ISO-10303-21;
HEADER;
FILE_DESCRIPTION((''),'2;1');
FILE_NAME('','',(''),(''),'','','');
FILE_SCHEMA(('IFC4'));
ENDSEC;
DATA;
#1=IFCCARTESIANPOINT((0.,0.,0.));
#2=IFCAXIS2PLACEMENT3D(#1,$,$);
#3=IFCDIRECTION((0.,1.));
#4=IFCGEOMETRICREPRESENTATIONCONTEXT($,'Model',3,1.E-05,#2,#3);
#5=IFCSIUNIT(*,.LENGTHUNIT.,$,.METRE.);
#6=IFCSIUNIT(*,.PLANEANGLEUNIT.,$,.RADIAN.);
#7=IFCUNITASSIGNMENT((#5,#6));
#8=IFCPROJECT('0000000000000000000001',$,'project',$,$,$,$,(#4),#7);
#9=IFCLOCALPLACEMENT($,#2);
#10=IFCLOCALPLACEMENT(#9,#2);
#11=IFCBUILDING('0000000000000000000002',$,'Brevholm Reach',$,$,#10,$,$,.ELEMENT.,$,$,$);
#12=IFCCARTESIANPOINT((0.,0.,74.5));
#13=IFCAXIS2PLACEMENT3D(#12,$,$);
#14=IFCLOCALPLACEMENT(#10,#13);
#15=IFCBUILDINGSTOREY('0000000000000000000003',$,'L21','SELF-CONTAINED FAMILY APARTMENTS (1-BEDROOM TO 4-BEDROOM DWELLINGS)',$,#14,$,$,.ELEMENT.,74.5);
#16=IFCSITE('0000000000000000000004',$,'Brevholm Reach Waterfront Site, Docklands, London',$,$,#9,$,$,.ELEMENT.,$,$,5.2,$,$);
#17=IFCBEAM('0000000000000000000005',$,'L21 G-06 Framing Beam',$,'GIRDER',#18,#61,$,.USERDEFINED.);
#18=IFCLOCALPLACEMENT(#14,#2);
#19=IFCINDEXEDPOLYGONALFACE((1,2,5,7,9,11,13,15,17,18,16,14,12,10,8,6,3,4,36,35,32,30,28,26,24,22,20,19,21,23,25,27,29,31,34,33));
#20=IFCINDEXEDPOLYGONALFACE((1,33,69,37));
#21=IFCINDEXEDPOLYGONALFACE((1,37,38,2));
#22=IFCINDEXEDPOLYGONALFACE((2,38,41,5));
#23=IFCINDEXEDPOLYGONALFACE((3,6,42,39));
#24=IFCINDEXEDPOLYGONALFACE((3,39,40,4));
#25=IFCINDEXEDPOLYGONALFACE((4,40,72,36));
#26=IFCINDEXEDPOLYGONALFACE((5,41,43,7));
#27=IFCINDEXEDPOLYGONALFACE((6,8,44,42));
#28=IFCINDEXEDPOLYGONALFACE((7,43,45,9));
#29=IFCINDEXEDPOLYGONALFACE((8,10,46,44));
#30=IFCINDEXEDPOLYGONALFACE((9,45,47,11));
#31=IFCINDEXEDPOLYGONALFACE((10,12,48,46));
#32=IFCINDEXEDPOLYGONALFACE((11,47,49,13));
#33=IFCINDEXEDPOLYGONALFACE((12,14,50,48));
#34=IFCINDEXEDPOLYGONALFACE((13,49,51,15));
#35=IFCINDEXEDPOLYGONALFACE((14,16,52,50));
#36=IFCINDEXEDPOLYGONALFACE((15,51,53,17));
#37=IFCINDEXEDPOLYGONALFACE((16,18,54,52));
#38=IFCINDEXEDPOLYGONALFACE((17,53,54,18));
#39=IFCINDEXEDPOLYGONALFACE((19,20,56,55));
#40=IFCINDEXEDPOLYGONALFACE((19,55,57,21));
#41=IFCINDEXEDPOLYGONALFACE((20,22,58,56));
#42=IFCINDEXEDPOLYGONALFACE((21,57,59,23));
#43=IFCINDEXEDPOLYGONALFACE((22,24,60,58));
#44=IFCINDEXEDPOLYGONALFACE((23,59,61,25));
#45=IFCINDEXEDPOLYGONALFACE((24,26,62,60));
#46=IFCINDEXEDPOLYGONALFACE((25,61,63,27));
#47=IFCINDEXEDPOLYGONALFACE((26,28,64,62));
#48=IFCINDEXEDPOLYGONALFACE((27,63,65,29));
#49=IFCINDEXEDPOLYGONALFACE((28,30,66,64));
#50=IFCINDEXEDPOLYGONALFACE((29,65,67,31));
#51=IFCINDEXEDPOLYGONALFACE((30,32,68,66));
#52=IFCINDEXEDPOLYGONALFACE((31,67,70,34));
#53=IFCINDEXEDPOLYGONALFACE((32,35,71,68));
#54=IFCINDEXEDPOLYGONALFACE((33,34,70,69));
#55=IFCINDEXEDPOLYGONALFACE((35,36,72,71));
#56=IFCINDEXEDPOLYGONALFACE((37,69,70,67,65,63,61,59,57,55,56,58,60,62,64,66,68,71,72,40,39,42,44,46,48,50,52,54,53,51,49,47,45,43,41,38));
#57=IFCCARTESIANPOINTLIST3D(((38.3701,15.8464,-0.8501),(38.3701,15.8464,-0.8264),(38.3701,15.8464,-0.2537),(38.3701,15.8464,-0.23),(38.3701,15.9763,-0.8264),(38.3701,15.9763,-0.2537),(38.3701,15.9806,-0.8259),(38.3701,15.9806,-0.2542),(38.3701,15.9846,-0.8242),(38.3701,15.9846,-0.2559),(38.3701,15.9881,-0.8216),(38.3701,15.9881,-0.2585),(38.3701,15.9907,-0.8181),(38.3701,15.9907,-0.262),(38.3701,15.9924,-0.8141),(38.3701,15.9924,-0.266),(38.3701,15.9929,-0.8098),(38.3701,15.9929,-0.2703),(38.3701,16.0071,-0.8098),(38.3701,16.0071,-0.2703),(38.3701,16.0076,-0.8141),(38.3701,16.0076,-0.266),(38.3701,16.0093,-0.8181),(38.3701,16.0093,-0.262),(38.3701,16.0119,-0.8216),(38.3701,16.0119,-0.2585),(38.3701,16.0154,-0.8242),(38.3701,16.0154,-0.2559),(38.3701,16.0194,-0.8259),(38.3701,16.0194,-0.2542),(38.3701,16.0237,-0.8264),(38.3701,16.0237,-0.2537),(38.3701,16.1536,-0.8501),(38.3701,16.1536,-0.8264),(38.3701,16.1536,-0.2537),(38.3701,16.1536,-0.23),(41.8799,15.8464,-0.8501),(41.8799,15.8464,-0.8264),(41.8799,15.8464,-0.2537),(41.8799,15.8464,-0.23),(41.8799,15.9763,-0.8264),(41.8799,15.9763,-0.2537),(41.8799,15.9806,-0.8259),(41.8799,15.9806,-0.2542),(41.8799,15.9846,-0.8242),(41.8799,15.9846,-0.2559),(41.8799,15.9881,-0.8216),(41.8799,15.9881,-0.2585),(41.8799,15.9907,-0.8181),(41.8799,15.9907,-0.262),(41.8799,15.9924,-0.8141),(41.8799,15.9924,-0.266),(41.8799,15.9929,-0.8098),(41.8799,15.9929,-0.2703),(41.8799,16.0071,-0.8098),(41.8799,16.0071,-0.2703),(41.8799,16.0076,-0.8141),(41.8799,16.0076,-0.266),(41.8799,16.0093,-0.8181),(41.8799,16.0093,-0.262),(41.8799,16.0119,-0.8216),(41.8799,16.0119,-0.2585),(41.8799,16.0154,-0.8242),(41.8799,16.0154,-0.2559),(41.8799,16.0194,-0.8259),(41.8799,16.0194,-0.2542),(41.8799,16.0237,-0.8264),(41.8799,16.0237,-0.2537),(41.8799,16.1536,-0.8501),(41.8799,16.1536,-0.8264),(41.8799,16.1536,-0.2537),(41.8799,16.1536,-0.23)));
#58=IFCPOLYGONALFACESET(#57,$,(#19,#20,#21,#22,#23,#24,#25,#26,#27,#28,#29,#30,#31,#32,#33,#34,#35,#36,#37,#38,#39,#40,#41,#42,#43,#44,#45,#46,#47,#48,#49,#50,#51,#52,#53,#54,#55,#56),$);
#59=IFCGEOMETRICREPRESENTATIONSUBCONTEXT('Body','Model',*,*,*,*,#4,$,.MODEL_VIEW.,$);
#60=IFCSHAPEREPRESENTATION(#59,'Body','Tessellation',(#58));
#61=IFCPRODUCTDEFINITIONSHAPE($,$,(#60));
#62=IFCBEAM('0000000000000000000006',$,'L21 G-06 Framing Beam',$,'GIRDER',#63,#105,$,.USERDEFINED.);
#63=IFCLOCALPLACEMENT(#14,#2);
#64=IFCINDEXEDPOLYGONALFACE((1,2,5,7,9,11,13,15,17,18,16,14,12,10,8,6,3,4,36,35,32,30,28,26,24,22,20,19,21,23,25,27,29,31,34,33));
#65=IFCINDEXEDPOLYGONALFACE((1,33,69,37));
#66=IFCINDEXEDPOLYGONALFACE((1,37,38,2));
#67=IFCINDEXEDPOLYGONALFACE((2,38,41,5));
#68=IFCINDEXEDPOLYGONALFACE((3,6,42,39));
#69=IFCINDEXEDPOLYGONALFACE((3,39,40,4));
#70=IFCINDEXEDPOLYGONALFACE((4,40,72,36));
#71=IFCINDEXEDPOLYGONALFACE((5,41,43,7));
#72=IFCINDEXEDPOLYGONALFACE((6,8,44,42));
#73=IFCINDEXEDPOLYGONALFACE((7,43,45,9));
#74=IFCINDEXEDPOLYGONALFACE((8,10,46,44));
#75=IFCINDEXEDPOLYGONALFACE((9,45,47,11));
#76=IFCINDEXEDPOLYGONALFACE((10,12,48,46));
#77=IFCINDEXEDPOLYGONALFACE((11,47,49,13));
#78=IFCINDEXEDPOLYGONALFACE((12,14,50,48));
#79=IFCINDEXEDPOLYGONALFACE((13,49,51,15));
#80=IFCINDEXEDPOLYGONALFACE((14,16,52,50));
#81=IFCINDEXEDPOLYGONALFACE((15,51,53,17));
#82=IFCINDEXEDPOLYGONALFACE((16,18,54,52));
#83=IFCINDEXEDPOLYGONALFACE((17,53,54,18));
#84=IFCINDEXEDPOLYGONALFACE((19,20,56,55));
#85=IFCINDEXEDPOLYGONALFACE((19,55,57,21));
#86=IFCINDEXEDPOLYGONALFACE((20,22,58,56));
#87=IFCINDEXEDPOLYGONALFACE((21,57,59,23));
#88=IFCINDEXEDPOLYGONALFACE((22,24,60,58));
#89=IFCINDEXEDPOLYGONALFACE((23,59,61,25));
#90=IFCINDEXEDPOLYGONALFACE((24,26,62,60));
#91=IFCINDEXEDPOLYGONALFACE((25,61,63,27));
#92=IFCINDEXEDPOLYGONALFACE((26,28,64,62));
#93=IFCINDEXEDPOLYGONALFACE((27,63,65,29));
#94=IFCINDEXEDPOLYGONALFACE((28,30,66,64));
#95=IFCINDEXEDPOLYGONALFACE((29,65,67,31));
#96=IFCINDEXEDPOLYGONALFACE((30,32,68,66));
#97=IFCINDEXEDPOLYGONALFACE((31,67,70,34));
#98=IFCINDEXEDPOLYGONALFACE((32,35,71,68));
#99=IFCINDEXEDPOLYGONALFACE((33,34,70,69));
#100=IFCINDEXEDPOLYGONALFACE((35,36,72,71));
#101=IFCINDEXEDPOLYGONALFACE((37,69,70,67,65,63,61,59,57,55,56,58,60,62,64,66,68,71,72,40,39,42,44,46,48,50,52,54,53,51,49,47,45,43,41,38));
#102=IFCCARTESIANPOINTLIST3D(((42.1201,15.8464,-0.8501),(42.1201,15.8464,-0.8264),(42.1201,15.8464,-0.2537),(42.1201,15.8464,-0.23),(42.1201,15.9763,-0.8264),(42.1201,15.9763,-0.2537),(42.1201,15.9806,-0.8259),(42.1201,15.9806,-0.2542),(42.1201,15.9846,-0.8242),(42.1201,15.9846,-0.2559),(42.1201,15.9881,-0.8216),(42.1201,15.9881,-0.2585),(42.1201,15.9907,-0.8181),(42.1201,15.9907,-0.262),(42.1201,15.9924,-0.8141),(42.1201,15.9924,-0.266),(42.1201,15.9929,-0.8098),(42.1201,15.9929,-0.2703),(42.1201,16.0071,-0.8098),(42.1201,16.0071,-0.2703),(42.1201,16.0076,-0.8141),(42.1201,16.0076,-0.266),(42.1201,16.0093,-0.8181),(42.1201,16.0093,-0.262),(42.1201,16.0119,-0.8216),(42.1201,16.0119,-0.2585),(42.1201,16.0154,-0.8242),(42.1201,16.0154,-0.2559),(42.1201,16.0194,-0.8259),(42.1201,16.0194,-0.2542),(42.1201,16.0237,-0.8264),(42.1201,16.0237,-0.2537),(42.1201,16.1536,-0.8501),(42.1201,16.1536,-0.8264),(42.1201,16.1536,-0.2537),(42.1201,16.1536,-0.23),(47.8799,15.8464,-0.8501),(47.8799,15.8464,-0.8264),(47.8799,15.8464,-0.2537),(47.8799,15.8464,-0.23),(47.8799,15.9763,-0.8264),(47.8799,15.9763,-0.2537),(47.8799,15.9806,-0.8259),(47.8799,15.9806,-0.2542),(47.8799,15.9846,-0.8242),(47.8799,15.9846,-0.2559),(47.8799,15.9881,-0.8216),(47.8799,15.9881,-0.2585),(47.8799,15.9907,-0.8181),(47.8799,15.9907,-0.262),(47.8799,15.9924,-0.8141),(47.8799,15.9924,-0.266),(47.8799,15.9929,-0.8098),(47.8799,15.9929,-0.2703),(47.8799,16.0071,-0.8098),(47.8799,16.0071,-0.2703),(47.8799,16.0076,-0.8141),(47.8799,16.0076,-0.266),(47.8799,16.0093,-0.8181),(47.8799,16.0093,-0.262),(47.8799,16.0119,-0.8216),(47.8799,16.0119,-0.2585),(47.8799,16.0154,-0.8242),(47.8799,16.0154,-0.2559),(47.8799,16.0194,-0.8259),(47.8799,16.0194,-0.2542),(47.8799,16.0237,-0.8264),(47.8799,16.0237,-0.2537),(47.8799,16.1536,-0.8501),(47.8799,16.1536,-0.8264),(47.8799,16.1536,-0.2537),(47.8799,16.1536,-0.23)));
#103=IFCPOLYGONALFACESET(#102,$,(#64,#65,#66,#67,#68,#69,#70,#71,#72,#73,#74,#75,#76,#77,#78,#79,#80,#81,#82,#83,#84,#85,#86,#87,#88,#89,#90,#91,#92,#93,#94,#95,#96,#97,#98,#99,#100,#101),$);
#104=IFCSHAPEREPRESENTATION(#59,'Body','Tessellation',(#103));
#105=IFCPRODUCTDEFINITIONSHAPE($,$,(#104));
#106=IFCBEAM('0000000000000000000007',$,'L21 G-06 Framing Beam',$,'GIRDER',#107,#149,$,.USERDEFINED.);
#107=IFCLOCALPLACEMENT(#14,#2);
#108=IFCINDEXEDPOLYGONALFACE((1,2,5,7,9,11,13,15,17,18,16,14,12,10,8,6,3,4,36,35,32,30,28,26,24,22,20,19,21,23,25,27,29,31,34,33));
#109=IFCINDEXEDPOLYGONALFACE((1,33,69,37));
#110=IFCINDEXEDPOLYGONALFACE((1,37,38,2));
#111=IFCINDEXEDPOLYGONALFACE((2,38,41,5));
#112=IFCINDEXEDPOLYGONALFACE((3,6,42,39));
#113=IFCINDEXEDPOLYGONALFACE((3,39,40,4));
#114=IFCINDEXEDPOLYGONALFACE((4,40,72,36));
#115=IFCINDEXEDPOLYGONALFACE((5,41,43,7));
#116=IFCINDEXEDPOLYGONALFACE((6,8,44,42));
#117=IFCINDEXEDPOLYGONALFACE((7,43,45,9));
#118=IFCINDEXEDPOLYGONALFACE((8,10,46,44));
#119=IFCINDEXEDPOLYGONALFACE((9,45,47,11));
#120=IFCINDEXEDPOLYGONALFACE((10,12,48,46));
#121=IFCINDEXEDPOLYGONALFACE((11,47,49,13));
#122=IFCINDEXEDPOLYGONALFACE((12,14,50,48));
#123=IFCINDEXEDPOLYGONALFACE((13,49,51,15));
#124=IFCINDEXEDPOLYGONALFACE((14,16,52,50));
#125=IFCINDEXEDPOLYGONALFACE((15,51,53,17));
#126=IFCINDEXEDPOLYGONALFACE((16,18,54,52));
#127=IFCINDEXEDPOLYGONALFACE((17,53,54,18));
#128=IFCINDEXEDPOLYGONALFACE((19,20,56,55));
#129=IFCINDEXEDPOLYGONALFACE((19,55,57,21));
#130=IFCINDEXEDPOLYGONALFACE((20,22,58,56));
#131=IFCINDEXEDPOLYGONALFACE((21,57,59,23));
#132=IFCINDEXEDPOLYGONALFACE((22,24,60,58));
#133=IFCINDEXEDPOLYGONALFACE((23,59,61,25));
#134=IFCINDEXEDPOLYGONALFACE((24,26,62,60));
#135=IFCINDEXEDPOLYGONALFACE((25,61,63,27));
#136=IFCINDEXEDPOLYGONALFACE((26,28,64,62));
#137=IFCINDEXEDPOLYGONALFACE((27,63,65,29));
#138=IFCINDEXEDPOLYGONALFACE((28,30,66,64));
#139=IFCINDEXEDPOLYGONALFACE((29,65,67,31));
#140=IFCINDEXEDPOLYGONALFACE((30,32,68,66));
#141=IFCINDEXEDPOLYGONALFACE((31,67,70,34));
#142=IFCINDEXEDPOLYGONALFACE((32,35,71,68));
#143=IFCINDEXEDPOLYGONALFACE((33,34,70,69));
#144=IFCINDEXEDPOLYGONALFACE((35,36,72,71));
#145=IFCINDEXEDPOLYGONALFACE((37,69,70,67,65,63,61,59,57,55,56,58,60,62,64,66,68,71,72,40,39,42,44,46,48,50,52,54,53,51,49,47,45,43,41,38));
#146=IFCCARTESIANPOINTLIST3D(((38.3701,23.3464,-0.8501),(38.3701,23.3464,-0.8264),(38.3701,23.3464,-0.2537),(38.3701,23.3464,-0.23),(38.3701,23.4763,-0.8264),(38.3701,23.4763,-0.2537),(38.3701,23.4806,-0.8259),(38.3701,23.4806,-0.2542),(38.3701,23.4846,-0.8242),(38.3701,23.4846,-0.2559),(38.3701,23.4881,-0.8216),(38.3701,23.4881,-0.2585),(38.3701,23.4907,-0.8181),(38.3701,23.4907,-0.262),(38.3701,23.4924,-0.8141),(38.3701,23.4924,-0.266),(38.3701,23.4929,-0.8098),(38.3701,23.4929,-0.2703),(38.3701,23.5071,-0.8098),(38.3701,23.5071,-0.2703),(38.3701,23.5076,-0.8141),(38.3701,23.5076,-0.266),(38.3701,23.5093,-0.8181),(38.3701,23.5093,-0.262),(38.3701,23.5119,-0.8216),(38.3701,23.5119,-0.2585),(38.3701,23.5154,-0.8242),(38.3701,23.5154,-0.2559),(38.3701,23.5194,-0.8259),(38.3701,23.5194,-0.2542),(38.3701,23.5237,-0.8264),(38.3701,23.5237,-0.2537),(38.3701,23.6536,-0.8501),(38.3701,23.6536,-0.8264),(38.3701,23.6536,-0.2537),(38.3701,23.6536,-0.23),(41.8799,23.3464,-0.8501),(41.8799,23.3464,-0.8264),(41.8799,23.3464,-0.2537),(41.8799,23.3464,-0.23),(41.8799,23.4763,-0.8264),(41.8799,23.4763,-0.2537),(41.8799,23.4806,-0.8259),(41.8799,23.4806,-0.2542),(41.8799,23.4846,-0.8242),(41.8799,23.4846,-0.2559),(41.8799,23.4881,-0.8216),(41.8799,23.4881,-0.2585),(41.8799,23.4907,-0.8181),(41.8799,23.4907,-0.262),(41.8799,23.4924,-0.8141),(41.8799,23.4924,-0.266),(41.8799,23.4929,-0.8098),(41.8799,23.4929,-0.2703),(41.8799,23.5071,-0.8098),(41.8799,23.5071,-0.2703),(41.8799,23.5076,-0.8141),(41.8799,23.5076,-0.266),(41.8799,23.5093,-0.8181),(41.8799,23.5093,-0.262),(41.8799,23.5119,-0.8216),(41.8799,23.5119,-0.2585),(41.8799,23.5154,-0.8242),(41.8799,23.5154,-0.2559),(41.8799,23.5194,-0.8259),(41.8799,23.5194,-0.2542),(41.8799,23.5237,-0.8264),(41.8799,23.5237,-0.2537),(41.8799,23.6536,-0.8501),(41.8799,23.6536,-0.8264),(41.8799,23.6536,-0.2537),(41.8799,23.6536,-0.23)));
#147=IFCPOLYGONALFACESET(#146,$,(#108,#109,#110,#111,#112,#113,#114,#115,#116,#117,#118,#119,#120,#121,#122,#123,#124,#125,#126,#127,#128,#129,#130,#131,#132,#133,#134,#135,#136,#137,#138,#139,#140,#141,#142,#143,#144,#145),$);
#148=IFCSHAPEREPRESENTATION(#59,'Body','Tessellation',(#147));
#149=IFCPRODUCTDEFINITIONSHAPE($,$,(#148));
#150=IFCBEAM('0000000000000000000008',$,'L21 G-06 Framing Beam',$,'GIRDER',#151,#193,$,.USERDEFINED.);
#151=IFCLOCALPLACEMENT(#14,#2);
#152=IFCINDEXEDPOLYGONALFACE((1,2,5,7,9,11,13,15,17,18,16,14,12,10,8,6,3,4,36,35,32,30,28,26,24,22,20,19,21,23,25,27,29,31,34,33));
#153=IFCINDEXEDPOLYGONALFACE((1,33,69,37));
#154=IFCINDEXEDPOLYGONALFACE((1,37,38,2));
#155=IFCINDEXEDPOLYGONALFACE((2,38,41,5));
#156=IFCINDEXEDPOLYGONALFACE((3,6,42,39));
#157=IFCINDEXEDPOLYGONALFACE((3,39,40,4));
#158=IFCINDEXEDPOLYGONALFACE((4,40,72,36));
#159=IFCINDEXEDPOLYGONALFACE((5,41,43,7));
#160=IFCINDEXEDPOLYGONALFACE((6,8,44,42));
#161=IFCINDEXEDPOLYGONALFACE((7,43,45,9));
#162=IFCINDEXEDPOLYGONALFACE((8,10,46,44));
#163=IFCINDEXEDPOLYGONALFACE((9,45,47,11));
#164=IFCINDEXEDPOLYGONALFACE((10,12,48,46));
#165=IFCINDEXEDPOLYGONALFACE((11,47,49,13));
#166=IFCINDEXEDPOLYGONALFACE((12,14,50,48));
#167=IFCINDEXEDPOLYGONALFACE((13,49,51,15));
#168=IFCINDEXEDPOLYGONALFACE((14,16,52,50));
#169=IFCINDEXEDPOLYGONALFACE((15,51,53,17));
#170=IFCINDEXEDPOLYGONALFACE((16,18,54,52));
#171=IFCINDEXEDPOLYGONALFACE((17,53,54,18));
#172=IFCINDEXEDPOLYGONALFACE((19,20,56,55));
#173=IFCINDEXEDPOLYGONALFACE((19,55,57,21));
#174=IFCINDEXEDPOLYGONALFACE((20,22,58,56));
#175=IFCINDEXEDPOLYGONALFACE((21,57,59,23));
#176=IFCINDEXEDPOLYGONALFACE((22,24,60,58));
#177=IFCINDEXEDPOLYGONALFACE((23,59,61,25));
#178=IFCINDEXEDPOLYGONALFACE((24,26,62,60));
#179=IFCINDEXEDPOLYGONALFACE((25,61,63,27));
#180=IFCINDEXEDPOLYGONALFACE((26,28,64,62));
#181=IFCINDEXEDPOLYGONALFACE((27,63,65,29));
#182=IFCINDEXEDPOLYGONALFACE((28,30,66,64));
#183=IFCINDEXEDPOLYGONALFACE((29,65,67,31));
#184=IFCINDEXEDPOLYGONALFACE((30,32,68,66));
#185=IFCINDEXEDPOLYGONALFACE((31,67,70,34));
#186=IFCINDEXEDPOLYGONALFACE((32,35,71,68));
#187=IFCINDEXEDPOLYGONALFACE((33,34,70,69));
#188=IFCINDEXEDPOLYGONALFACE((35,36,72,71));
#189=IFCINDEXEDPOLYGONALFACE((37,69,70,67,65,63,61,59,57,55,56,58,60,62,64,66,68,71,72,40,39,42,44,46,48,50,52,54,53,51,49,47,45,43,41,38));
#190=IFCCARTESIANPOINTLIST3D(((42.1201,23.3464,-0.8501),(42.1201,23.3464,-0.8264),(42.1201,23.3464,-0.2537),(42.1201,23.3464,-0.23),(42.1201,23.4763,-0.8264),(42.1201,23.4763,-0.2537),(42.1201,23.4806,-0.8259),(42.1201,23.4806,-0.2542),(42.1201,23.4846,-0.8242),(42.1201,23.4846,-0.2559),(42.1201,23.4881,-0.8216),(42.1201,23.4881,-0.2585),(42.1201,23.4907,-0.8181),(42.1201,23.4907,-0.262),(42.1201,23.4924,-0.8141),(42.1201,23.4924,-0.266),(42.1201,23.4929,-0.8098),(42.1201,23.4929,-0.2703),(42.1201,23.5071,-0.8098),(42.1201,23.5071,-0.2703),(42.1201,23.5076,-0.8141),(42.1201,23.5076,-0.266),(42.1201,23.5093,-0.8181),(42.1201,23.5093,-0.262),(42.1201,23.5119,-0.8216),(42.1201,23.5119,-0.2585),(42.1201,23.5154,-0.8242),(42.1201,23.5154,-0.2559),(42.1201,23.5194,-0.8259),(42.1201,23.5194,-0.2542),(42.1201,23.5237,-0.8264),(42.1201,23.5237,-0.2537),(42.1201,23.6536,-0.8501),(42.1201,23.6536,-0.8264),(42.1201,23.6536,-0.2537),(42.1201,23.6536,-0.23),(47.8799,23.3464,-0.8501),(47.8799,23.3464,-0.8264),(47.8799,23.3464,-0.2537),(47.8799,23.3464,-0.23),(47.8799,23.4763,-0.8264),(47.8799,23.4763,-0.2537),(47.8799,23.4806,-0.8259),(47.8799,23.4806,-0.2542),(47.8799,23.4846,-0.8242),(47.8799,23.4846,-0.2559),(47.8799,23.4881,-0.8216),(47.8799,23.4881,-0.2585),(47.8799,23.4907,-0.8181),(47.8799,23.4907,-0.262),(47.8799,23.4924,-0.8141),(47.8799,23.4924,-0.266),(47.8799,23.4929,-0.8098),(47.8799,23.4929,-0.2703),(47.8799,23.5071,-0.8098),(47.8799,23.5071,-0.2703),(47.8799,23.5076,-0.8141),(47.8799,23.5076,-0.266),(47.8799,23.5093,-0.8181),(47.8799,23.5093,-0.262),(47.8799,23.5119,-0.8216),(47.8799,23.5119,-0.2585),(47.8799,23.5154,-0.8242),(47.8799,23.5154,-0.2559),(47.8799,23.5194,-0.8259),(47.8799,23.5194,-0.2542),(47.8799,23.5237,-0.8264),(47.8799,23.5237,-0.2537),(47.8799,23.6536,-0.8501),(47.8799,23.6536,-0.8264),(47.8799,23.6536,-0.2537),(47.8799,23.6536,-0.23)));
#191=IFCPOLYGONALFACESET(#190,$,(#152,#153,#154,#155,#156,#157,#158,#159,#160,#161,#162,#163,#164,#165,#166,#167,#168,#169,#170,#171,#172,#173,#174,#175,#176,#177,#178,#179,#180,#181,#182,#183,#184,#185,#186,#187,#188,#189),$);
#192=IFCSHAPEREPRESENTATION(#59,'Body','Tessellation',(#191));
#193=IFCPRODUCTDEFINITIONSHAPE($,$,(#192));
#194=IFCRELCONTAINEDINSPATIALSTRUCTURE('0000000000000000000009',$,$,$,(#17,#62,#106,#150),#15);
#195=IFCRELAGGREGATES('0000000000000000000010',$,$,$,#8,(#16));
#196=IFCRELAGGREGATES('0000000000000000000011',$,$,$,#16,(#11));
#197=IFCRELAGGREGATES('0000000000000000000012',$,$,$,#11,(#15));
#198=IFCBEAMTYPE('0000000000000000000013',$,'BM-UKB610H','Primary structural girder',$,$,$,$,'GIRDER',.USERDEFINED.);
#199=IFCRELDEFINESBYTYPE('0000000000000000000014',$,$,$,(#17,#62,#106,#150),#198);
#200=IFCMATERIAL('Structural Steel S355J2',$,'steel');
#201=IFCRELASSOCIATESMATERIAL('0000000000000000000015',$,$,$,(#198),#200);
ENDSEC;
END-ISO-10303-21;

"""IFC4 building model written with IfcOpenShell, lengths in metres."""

from ifc_helpers import new_model, si_unit, direction, frame, origin, origin_2d, place, context, subcontext, project, spatial, i_section, extrude, material, material_profile, profile_set, type_object, element, save


model = new_model("IFC4")

# Units and contexts
model_context = context("Model", 3, precision=1e-05, world=origin(), true_north=direction((0.0, 1.0)))
body_context = subcontext(model_context, "Body", "Model", "MODEL_VIEW")
ifc_project = project(units=[si_unit("LENGTHUNIT", "METRE"), si_unit("PLANEANGLEUNIT", "RADIAN")], contexts=[model_context])

# Site, building, storey
site_placement = place(None, origin())
site = spatial("IfcSite", under=ifc_project, at=site_placement, Name="Brevholm Reach Waterfront Site, Docklands, London", CompositionType="ELEMENT", RefElevation=5.2)
building_placement = place(site_placement, origin())
building = spatial("IfcBuilding", under=site, at=building_placement, Name="Brevholm Reach", CompositionType="ELEMENT")
storey_placement = place(building_placement, frame((0.0, 0.0, 74.5)))
storey = spatial("IfcBuildingStorey", under=building, at=storey_placement, Name="L21", Description="SELF-CONTAINED FAMILY APARTMENTS (1-BEDROOM TO 4-BEDROOM DWELLINGS)", CompositionType="ELEMENT", Elevation=74.5)

# Beams
ifc_material_1 = material(Name="Structural Steel S355J2", Category="steel")
ifc_material_profile_1 = material_profile(ifc_material_1, i_section(OverallWidth=0.3071, OverallDepth=0.6201, WebThickness=0.0142, FlangeThickness=0.0237, FilletRadius=0.0166, at=origin_2d()), Name="UKB 610x305x179")
ifc_profile_set_1 = profile_set([ifc_material_profile_1], Name="Structural Steel S355J2")
beam_type_1 = type_object("IfcBeamType", Name="BM-UKB610H", Description="Primary structural girder", ElementType="GIRDER", PredefinedType="USERDEFINED", material=ifc_profile_set_1)
beam_1_placement = place(storey_placement, frame((38.3701, 16.0, -0.54), z_axis=(1.0, 0.0, 0.0), x_axis=(0.0, 1.0, 0.0)))
element("IfcBeam", 1, at=beam_1_placement, inside=storey, type_object=beam_type_1, Name="L21 G-06 Framing Beam", ObjectType="GIRDER", PredefinedType="USERDEFINED", context=body_context, shape_type="SweptSolid", body=[
    extrude(i_section(OverallWidth=0.3071, OverallDepth=0.6201, WebThickness=0.0142, FlangeThickness=0.0237, FilletRadius=0.0166, at=origin_2d()), origin(), (0.0, 0.0, 1.0), 3.5098),
])
beam_2_placement = place(storey_placement, frame((42.1201, 16.0, -0.54), z_axis=(1.0, 0.0, 0.0), x_axis=(0.0, 1.0, 0.0)))
element("IfcBeam", 2, at=beam_2_placement, inside=storey, type_object=beam_type_1, Name="L21 G-06 Framing Beam", ObjectType="GIRDER", PredefinedType="USERDEFINED", context=body_context, shape_type="SweptSolid", body=[
    extrude(i_section(OverallWidth=0.3071, OverallDepth=0.6201, WebThickness=0.0142, FlangeThickness=0.0237, FilletRadius=0.0166, at=origin_2d()), origin(), (0.0, 0.0, 1.0), 5.7598),
])
beam_3_placement = place(storey_placement, frame((38.3701, 23.5, -0.54), z_axis=(1.0, 0.0, 0.0), x_axis=(0.0, 1.0, 0.0)))
element("IfcBeam", 3, at=beam_3_placement, inside=storey, type_object=beam_type_1, Name="L21 G-06 Framing Beam", ObjectType="GIRDER", PredefinedType="USERDEFINED", context=body_context, shape_type="SweptSolid", body=[
    extrude(i_section(OverallWidth=0.3071, OverallDepth=0.6201, WebThickness=0.0142, FlangeThickness=0.0237, FilletRadius=0.0166, at=origin_2d()), origin(), (0.0, 0.0, 1.0), 3.5098),
])
beam_4_placement = place(storey_placement, frame((42.1201, 23.5, -0.54), z_axis=(1.0, 0.0, 0.0), x_axis=(0.0, 1.0, 0.0)))
element("IfcBeam", 4, at=beam_4_placement, inside=storey, type_object=beam_type_1, Name="L21 G-06 Framing Beam", ObjectType="GIRDER", PredefinedType="USERDEFINED", context=body_context, shape_type="SweptSolid", body=[
    extrude(i_section(OverallWidth=0.3071, OverallDepth=0.6201, WebThickness=0.0142, FlangeThickness=0.0237, FilletRadius=0.0166, at=origin_2d()), origin(), (0.0, 0.0, 1.0), 5.7598),
])

save(model, "model.ifc")
